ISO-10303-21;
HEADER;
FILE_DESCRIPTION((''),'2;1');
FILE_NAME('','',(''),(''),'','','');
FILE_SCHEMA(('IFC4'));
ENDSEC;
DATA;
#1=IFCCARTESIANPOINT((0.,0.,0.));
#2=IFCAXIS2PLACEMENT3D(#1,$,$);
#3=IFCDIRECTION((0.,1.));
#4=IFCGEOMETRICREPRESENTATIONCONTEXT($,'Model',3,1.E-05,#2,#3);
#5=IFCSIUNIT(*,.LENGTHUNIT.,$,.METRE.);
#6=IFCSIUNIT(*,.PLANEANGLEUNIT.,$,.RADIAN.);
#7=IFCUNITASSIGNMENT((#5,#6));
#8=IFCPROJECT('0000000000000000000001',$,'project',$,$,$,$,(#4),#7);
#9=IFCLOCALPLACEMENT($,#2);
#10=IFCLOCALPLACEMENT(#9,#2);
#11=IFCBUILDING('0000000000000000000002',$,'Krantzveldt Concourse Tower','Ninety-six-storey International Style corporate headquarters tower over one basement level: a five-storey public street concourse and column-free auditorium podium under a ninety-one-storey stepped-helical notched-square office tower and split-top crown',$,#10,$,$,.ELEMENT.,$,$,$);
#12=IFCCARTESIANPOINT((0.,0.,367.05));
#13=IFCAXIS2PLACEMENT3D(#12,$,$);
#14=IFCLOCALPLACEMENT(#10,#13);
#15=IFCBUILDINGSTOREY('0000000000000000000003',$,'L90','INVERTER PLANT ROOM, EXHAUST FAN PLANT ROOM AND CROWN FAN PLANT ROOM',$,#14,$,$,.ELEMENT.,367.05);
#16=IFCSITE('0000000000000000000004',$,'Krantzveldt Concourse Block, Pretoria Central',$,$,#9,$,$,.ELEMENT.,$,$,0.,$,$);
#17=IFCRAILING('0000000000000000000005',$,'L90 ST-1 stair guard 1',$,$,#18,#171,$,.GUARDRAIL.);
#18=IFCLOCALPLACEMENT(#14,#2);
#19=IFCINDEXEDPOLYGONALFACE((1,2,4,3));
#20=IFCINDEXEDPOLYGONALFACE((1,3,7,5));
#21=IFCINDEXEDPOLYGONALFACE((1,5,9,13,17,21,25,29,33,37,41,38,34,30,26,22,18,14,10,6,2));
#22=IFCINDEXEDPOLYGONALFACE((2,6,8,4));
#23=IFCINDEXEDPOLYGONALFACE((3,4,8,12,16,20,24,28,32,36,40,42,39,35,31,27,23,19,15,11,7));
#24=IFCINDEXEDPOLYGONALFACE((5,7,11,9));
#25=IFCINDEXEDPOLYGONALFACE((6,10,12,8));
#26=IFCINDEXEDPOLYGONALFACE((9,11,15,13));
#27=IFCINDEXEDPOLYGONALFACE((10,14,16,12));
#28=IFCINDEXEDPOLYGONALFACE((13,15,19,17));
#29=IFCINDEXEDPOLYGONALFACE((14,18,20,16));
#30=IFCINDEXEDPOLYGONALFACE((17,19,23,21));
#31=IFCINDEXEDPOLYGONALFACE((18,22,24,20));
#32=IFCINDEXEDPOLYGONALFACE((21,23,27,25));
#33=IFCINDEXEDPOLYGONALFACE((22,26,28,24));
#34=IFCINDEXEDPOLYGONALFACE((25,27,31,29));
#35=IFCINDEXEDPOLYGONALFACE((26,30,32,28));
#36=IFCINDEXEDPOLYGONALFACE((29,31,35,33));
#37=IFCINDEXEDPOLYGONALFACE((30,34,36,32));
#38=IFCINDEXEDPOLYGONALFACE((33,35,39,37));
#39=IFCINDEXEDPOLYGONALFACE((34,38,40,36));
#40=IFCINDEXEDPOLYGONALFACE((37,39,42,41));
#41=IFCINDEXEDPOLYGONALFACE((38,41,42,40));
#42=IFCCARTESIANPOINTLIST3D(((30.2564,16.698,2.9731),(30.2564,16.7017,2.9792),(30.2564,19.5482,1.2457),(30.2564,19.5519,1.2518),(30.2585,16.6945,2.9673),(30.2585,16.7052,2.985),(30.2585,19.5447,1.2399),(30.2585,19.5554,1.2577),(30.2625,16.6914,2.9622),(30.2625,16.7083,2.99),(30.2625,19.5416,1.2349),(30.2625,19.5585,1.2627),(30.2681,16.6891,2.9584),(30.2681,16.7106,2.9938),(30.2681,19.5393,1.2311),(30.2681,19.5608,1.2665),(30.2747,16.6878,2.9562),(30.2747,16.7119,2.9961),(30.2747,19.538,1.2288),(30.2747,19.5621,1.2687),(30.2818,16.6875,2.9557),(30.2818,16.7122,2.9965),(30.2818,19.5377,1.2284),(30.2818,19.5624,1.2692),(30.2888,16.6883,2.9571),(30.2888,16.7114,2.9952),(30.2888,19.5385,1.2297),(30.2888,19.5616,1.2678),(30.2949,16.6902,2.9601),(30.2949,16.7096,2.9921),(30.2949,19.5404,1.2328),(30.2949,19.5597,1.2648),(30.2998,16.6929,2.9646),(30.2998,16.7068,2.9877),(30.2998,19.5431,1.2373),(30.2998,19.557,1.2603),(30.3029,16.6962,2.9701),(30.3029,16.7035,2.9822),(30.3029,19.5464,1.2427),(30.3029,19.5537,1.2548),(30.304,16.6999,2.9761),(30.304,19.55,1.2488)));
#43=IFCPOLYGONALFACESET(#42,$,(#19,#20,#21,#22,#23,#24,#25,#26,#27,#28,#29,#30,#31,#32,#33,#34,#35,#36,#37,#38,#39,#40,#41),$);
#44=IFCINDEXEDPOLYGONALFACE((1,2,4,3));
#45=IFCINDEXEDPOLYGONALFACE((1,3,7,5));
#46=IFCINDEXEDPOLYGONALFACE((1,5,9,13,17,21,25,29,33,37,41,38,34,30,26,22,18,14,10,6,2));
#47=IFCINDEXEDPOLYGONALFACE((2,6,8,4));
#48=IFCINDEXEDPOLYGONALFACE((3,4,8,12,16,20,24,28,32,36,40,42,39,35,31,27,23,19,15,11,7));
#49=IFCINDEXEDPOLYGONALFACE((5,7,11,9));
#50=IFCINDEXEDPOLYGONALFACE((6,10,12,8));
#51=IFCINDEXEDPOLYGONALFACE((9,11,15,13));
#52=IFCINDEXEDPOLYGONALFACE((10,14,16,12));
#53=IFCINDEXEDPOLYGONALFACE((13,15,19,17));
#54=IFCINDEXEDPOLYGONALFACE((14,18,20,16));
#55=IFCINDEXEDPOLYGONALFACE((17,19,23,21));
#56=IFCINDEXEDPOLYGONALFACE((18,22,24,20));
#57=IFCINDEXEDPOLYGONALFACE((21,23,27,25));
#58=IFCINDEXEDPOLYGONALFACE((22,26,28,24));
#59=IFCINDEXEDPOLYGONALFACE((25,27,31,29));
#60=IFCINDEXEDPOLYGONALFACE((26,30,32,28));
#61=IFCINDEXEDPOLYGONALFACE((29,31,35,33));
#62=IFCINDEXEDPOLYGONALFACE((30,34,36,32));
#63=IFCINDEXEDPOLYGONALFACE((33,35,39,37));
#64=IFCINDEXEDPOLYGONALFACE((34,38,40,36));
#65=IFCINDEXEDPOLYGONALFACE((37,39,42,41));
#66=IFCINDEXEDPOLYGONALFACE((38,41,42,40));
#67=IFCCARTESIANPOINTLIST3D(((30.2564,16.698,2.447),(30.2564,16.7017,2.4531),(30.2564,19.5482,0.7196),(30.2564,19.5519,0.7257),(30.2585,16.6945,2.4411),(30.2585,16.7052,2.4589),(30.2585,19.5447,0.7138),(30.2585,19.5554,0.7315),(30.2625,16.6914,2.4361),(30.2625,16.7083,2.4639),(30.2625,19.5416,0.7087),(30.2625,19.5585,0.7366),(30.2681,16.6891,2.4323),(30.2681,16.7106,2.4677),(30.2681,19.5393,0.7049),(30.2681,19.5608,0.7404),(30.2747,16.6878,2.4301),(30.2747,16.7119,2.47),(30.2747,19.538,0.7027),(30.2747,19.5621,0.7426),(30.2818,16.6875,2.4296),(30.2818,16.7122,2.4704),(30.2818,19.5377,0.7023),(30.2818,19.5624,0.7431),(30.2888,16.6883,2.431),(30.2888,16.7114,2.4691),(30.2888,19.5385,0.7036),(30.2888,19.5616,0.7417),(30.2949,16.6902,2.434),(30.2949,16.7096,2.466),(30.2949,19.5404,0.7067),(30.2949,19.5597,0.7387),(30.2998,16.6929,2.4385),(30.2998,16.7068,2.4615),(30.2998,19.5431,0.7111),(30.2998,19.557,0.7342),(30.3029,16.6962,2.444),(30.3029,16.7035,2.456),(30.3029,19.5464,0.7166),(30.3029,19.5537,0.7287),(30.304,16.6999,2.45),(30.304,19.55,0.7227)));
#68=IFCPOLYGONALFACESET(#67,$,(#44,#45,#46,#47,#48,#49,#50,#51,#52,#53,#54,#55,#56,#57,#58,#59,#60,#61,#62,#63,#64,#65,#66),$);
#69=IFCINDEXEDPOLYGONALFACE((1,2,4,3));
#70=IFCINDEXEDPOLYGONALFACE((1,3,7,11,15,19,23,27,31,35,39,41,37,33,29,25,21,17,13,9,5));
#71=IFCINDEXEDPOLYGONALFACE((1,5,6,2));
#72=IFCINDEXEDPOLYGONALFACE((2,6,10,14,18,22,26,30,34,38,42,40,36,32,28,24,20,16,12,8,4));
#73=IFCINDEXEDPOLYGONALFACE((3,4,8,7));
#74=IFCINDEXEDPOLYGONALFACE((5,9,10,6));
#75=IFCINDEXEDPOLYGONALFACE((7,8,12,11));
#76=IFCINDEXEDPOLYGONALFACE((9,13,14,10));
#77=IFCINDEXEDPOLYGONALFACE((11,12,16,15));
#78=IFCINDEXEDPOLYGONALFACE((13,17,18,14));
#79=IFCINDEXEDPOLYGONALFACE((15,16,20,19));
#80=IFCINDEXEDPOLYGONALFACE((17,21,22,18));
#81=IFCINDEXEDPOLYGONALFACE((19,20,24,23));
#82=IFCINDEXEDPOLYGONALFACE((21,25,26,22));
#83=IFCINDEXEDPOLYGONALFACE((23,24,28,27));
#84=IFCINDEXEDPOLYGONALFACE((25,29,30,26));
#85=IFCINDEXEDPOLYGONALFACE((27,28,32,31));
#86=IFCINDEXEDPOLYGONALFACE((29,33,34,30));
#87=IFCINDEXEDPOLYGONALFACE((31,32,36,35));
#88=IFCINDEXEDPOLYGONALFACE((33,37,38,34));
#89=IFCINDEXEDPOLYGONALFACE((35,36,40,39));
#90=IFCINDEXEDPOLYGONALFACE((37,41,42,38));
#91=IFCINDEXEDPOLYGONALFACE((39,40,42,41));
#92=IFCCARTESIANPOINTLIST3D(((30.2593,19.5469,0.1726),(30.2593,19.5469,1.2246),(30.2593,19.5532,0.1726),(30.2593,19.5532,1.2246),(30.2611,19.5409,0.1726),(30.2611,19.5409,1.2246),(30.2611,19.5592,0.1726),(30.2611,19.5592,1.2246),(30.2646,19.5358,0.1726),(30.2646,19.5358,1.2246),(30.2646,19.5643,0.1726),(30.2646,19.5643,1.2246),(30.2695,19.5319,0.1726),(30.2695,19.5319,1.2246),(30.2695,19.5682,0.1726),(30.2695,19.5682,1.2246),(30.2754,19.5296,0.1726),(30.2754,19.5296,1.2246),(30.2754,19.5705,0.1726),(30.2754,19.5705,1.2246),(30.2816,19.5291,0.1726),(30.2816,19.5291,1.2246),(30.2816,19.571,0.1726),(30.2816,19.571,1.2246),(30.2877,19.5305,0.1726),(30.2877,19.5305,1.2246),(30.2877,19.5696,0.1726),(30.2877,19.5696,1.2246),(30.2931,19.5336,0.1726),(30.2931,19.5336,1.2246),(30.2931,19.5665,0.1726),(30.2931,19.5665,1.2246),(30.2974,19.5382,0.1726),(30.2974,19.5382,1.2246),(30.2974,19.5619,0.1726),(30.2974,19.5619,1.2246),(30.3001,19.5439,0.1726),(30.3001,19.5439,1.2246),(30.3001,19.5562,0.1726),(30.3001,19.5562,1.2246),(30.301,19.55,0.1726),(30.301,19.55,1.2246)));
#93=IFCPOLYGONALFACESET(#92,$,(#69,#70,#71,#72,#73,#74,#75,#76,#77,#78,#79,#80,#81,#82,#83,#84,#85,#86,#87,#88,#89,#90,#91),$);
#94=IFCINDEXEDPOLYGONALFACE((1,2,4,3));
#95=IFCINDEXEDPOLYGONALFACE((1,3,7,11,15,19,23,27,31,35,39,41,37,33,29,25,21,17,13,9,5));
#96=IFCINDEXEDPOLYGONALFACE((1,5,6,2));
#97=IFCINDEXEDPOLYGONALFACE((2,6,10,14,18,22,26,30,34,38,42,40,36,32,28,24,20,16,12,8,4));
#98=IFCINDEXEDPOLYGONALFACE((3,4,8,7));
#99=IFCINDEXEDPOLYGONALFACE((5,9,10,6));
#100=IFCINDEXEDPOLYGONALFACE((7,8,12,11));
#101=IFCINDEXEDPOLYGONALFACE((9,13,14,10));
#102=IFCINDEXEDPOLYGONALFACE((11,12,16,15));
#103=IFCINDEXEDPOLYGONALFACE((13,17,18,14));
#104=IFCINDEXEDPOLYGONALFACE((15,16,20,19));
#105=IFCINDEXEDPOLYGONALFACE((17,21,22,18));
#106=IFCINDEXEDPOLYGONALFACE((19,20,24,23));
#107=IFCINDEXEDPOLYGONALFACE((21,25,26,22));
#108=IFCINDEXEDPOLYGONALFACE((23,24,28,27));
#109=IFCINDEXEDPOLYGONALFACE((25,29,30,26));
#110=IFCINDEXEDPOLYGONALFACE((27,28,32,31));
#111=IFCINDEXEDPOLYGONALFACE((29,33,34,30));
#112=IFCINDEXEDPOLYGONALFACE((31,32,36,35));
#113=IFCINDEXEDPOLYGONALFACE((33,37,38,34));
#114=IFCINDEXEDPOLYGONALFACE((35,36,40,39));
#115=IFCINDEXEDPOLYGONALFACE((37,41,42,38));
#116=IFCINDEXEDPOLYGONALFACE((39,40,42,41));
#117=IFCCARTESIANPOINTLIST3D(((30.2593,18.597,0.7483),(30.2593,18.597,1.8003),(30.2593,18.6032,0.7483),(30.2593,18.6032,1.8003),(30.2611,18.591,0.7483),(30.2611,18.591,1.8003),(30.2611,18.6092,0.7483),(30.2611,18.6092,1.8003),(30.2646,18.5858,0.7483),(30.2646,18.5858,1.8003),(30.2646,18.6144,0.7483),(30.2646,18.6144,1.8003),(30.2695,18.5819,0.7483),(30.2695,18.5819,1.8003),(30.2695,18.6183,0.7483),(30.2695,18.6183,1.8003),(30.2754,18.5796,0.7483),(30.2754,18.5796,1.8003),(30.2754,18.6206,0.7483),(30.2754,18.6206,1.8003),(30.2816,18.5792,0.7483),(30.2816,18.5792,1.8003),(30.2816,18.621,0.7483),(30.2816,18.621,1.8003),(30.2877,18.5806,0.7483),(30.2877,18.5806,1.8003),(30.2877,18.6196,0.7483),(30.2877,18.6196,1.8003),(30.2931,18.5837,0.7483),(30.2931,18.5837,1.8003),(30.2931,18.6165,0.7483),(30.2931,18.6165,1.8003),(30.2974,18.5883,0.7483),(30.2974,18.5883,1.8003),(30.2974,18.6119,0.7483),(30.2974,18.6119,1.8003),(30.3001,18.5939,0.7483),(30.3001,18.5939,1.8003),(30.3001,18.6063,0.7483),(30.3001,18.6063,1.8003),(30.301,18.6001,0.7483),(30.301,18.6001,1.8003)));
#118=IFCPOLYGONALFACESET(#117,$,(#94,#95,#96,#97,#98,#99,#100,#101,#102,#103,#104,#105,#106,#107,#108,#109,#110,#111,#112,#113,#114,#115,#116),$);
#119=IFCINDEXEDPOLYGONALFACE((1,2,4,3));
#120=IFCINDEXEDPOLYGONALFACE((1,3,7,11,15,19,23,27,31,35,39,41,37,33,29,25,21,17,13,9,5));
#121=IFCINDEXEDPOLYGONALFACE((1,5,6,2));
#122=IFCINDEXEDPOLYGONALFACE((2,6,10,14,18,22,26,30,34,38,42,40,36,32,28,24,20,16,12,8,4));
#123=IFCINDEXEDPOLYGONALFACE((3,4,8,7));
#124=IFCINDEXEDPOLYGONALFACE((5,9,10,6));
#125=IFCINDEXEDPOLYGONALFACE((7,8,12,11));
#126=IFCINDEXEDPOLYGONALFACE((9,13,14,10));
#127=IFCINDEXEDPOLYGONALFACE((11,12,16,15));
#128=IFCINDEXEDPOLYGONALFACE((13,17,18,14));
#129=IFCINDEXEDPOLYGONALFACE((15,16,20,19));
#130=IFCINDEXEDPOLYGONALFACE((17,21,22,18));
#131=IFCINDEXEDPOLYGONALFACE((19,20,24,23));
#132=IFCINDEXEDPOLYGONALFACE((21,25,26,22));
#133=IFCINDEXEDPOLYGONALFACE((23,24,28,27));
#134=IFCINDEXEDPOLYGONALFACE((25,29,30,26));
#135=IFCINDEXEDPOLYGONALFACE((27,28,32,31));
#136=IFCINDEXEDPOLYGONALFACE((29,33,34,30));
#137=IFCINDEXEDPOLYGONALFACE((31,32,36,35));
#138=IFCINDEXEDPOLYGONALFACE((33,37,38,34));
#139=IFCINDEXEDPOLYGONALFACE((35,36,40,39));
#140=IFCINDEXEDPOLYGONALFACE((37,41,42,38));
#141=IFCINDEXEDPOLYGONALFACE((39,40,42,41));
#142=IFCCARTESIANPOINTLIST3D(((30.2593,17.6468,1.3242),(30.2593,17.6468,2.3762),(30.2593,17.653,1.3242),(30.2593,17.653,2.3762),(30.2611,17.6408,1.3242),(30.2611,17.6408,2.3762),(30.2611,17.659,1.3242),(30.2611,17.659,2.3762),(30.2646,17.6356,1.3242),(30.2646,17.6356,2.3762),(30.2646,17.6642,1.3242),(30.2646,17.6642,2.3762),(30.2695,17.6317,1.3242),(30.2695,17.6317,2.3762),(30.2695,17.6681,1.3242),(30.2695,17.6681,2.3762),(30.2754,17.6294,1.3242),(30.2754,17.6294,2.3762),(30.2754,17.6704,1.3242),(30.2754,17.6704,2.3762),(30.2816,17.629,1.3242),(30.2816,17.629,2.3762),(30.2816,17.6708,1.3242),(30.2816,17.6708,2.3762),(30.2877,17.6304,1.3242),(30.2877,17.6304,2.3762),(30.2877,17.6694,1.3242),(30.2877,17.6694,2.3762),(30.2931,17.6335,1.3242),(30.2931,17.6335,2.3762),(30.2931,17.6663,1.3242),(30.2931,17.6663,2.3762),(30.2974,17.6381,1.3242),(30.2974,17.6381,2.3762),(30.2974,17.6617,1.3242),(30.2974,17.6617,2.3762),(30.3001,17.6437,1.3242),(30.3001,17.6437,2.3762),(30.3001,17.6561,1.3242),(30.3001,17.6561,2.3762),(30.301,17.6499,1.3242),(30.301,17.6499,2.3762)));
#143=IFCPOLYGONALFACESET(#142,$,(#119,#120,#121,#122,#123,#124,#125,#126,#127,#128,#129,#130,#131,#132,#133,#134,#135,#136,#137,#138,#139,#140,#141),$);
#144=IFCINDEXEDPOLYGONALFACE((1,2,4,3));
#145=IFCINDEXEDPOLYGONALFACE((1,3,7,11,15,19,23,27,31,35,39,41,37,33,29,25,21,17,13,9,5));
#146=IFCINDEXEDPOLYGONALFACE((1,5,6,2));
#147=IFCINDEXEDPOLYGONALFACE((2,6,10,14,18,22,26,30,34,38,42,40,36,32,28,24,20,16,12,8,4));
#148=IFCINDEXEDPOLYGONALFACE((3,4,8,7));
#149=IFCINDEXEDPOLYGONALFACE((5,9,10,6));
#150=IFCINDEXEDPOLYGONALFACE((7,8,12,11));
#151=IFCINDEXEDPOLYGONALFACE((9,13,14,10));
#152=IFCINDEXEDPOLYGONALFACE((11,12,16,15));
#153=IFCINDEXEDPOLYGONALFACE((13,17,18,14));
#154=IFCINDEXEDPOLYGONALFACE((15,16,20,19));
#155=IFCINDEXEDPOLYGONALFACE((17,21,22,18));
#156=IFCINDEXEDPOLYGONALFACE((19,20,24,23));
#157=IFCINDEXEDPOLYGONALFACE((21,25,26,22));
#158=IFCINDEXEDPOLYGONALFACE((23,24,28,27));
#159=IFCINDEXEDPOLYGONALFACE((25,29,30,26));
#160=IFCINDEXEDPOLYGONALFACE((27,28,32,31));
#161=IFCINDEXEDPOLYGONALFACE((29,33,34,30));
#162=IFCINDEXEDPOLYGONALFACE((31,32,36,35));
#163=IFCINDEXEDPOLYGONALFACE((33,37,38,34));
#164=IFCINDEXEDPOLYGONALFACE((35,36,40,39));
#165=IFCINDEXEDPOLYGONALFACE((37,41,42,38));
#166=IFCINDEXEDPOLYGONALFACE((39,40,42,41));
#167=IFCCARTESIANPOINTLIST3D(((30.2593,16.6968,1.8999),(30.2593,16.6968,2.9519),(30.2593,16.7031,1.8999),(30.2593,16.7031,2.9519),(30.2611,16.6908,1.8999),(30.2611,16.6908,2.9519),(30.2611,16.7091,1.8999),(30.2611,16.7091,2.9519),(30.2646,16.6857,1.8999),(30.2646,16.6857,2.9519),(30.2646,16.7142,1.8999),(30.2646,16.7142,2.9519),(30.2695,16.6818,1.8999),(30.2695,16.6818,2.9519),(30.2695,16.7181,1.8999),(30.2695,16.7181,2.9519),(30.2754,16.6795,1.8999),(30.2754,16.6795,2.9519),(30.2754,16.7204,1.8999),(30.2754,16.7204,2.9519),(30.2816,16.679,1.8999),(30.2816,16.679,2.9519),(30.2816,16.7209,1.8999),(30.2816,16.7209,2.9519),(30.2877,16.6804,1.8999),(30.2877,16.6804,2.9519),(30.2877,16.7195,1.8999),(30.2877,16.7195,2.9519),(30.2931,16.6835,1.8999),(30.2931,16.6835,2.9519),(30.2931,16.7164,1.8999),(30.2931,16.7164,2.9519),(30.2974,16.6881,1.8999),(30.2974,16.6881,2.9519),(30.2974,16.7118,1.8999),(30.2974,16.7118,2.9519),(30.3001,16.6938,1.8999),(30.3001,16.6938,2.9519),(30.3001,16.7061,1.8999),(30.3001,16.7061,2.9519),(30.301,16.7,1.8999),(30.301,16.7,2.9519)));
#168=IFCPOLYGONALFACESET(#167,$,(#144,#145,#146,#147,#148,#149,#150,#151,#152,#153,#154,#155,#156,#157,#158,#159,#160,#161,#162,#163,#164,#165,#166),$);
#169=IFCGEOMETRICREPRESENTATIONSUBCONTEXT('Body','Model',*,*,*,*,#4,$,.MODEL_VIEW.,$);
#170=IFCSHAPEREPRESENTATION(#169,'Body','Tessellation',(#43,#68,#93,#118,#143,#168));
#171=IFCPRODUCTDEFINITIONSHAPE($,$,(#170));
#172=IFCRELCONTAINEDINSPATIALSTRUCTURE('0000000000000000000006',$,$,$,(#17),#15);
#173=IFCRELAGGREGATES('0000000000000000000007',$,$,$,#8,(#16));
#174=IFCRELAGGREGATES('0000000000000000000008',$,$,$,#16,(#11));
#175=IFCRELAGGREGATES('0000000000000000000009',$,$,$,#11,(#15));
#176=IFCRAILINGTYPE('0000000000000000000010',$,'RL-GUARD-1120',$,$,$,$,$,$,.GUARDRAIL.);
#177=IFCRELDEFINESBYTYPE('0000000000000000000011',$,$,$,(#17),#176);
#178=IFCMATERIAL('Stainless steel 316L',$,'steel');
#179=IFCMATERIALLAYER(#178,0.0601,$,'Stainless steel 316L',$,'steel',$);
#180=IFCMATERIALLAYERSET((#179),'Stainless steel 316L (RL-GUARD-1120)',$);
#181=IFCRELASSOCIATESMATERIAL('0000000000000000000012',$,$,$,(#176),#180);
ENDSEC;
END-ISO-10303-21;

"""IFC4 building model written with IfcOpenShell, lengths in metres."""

from ifc_helpers import new_model, si_unit, direction, frame, origin, origin_2d, place, context, subcontext, project, spatial, circle, extrude, material, layer, layer_set, type_object, element, save


model = new_model("IFC4")

# Units and contexts
model_context = context("Model", 3, precision=1e-05, world=origin(), true_north=direction((0.0, 1.0)))
body_context = subcontext(model_context, "Body", "Model", "MODEL_VIEW")
ifc_project = project(units=[si_unit("LENGTHUNIT", "METRE"), si_unit("PLANEANGLEUNIT", "RADIAN")], contexts=[model_context])

# Site, building, storey
site_placement = place(None, origin())
site = spatial("IfcSite", under=ifc_project, at=site_placement, Name="Krantzveldt Concourse Block, Pretoria Central", CompositionType="ELEMENT", RefElevation=0.0)
building_placement = place(site_placement, origin())
building = spatial("IfcBuilding", under=site, at=building_placement, Name="Krantzveldt Concourse Tower", Description="Ninety-six-storey International Style corporate headquarters tower over one basement level: a five-storey public street concourse and column-free auditorium podium under a ninety-one-storey stepped-helical notched-square office tower and split-top crown", CompositionType="ELEMENT")
storey_placement = place(building_placement, frame((0.0, 0.0, 367.05)))
storey = spatial("IfcBuildingStorey", under=building, at=storey_placement, Name="L90", Description="INVERTER PLANT ROOM, EXHAUST FAN PLANT ROOM AND CROWN FAN PLANT ROOM", CompositionType="ELEMENT", Elevation=367.05)

# Shared definitions
ifc_material_1 = material(Name="Stainless steel 316L", Category="steel")

# Railing
ifc_layer_1 = layer(ifc_material_1, 0.0601, Name="Stainless steel 316L", Category="steel")
ifc_layer_set_1 = layer_set([ifc_layer_1], Name="Stainless steel 316L (RL-GUARD-1120)")
railing_type_1 = type_object("IfcRailingType", Name="RL-GUARD-1120", PredefinedType="GUARDRAIL", material=ifc_layer_set_1)
railing_1_placement = place(storey_placement, frame((30.28, 19.55, 0.1726)))
element("IfcRailing", 1, at=railing_1_placement, inside=storey, type_object=railing_type_1, Name="L90 ST-1 stair guard 1", PredefinedType="GUARDRAIL", context=body_context, shape_type="SweptSolid", body=[
    extrude(circle(Radius=0.0239, at=origin_2d()), frame((0.0, 0.0, 1.0762), z_axis=(0.0, -0.855203, 0.518294), x_axis=(1.0, 0.0, 0.0)), (0.0, 0.0, 1.0), 3.3328),
    extrude(circle(Radius=0.0239, at=origin_2d()), frame((0.0, 0.0, 0.55), z_axis=(0.0, -0.855203, 0.518294), x_axis=(1.0, 0.0, 0.0)), (0.0, 0.0, 1.0), 3.3328),
    extrude(circle(Radius=0.021, at=origin_2d()), origin(), (0.0, 0.0, 1.0), 1.052),
    extrude(circle(Radius=0.021, at=origin_2d()), frame((0.0, -0.95, 0.5757)), (0.0, 0.0, 1.0), 1.052),
    extrude(circle(Radius=0.021, at=origin_2d()), frame((0.0, -1.9001, 1.1516)), (0.0, 0.0, 1.0), 1.052),
    extrude(circle(Radius=0.021, at=origin_2d()), frame((0.0, -2.8501, 1.7273)), (0.0, 0.0, 1.0), 1.052),
])

save(model, "model.ifc")
